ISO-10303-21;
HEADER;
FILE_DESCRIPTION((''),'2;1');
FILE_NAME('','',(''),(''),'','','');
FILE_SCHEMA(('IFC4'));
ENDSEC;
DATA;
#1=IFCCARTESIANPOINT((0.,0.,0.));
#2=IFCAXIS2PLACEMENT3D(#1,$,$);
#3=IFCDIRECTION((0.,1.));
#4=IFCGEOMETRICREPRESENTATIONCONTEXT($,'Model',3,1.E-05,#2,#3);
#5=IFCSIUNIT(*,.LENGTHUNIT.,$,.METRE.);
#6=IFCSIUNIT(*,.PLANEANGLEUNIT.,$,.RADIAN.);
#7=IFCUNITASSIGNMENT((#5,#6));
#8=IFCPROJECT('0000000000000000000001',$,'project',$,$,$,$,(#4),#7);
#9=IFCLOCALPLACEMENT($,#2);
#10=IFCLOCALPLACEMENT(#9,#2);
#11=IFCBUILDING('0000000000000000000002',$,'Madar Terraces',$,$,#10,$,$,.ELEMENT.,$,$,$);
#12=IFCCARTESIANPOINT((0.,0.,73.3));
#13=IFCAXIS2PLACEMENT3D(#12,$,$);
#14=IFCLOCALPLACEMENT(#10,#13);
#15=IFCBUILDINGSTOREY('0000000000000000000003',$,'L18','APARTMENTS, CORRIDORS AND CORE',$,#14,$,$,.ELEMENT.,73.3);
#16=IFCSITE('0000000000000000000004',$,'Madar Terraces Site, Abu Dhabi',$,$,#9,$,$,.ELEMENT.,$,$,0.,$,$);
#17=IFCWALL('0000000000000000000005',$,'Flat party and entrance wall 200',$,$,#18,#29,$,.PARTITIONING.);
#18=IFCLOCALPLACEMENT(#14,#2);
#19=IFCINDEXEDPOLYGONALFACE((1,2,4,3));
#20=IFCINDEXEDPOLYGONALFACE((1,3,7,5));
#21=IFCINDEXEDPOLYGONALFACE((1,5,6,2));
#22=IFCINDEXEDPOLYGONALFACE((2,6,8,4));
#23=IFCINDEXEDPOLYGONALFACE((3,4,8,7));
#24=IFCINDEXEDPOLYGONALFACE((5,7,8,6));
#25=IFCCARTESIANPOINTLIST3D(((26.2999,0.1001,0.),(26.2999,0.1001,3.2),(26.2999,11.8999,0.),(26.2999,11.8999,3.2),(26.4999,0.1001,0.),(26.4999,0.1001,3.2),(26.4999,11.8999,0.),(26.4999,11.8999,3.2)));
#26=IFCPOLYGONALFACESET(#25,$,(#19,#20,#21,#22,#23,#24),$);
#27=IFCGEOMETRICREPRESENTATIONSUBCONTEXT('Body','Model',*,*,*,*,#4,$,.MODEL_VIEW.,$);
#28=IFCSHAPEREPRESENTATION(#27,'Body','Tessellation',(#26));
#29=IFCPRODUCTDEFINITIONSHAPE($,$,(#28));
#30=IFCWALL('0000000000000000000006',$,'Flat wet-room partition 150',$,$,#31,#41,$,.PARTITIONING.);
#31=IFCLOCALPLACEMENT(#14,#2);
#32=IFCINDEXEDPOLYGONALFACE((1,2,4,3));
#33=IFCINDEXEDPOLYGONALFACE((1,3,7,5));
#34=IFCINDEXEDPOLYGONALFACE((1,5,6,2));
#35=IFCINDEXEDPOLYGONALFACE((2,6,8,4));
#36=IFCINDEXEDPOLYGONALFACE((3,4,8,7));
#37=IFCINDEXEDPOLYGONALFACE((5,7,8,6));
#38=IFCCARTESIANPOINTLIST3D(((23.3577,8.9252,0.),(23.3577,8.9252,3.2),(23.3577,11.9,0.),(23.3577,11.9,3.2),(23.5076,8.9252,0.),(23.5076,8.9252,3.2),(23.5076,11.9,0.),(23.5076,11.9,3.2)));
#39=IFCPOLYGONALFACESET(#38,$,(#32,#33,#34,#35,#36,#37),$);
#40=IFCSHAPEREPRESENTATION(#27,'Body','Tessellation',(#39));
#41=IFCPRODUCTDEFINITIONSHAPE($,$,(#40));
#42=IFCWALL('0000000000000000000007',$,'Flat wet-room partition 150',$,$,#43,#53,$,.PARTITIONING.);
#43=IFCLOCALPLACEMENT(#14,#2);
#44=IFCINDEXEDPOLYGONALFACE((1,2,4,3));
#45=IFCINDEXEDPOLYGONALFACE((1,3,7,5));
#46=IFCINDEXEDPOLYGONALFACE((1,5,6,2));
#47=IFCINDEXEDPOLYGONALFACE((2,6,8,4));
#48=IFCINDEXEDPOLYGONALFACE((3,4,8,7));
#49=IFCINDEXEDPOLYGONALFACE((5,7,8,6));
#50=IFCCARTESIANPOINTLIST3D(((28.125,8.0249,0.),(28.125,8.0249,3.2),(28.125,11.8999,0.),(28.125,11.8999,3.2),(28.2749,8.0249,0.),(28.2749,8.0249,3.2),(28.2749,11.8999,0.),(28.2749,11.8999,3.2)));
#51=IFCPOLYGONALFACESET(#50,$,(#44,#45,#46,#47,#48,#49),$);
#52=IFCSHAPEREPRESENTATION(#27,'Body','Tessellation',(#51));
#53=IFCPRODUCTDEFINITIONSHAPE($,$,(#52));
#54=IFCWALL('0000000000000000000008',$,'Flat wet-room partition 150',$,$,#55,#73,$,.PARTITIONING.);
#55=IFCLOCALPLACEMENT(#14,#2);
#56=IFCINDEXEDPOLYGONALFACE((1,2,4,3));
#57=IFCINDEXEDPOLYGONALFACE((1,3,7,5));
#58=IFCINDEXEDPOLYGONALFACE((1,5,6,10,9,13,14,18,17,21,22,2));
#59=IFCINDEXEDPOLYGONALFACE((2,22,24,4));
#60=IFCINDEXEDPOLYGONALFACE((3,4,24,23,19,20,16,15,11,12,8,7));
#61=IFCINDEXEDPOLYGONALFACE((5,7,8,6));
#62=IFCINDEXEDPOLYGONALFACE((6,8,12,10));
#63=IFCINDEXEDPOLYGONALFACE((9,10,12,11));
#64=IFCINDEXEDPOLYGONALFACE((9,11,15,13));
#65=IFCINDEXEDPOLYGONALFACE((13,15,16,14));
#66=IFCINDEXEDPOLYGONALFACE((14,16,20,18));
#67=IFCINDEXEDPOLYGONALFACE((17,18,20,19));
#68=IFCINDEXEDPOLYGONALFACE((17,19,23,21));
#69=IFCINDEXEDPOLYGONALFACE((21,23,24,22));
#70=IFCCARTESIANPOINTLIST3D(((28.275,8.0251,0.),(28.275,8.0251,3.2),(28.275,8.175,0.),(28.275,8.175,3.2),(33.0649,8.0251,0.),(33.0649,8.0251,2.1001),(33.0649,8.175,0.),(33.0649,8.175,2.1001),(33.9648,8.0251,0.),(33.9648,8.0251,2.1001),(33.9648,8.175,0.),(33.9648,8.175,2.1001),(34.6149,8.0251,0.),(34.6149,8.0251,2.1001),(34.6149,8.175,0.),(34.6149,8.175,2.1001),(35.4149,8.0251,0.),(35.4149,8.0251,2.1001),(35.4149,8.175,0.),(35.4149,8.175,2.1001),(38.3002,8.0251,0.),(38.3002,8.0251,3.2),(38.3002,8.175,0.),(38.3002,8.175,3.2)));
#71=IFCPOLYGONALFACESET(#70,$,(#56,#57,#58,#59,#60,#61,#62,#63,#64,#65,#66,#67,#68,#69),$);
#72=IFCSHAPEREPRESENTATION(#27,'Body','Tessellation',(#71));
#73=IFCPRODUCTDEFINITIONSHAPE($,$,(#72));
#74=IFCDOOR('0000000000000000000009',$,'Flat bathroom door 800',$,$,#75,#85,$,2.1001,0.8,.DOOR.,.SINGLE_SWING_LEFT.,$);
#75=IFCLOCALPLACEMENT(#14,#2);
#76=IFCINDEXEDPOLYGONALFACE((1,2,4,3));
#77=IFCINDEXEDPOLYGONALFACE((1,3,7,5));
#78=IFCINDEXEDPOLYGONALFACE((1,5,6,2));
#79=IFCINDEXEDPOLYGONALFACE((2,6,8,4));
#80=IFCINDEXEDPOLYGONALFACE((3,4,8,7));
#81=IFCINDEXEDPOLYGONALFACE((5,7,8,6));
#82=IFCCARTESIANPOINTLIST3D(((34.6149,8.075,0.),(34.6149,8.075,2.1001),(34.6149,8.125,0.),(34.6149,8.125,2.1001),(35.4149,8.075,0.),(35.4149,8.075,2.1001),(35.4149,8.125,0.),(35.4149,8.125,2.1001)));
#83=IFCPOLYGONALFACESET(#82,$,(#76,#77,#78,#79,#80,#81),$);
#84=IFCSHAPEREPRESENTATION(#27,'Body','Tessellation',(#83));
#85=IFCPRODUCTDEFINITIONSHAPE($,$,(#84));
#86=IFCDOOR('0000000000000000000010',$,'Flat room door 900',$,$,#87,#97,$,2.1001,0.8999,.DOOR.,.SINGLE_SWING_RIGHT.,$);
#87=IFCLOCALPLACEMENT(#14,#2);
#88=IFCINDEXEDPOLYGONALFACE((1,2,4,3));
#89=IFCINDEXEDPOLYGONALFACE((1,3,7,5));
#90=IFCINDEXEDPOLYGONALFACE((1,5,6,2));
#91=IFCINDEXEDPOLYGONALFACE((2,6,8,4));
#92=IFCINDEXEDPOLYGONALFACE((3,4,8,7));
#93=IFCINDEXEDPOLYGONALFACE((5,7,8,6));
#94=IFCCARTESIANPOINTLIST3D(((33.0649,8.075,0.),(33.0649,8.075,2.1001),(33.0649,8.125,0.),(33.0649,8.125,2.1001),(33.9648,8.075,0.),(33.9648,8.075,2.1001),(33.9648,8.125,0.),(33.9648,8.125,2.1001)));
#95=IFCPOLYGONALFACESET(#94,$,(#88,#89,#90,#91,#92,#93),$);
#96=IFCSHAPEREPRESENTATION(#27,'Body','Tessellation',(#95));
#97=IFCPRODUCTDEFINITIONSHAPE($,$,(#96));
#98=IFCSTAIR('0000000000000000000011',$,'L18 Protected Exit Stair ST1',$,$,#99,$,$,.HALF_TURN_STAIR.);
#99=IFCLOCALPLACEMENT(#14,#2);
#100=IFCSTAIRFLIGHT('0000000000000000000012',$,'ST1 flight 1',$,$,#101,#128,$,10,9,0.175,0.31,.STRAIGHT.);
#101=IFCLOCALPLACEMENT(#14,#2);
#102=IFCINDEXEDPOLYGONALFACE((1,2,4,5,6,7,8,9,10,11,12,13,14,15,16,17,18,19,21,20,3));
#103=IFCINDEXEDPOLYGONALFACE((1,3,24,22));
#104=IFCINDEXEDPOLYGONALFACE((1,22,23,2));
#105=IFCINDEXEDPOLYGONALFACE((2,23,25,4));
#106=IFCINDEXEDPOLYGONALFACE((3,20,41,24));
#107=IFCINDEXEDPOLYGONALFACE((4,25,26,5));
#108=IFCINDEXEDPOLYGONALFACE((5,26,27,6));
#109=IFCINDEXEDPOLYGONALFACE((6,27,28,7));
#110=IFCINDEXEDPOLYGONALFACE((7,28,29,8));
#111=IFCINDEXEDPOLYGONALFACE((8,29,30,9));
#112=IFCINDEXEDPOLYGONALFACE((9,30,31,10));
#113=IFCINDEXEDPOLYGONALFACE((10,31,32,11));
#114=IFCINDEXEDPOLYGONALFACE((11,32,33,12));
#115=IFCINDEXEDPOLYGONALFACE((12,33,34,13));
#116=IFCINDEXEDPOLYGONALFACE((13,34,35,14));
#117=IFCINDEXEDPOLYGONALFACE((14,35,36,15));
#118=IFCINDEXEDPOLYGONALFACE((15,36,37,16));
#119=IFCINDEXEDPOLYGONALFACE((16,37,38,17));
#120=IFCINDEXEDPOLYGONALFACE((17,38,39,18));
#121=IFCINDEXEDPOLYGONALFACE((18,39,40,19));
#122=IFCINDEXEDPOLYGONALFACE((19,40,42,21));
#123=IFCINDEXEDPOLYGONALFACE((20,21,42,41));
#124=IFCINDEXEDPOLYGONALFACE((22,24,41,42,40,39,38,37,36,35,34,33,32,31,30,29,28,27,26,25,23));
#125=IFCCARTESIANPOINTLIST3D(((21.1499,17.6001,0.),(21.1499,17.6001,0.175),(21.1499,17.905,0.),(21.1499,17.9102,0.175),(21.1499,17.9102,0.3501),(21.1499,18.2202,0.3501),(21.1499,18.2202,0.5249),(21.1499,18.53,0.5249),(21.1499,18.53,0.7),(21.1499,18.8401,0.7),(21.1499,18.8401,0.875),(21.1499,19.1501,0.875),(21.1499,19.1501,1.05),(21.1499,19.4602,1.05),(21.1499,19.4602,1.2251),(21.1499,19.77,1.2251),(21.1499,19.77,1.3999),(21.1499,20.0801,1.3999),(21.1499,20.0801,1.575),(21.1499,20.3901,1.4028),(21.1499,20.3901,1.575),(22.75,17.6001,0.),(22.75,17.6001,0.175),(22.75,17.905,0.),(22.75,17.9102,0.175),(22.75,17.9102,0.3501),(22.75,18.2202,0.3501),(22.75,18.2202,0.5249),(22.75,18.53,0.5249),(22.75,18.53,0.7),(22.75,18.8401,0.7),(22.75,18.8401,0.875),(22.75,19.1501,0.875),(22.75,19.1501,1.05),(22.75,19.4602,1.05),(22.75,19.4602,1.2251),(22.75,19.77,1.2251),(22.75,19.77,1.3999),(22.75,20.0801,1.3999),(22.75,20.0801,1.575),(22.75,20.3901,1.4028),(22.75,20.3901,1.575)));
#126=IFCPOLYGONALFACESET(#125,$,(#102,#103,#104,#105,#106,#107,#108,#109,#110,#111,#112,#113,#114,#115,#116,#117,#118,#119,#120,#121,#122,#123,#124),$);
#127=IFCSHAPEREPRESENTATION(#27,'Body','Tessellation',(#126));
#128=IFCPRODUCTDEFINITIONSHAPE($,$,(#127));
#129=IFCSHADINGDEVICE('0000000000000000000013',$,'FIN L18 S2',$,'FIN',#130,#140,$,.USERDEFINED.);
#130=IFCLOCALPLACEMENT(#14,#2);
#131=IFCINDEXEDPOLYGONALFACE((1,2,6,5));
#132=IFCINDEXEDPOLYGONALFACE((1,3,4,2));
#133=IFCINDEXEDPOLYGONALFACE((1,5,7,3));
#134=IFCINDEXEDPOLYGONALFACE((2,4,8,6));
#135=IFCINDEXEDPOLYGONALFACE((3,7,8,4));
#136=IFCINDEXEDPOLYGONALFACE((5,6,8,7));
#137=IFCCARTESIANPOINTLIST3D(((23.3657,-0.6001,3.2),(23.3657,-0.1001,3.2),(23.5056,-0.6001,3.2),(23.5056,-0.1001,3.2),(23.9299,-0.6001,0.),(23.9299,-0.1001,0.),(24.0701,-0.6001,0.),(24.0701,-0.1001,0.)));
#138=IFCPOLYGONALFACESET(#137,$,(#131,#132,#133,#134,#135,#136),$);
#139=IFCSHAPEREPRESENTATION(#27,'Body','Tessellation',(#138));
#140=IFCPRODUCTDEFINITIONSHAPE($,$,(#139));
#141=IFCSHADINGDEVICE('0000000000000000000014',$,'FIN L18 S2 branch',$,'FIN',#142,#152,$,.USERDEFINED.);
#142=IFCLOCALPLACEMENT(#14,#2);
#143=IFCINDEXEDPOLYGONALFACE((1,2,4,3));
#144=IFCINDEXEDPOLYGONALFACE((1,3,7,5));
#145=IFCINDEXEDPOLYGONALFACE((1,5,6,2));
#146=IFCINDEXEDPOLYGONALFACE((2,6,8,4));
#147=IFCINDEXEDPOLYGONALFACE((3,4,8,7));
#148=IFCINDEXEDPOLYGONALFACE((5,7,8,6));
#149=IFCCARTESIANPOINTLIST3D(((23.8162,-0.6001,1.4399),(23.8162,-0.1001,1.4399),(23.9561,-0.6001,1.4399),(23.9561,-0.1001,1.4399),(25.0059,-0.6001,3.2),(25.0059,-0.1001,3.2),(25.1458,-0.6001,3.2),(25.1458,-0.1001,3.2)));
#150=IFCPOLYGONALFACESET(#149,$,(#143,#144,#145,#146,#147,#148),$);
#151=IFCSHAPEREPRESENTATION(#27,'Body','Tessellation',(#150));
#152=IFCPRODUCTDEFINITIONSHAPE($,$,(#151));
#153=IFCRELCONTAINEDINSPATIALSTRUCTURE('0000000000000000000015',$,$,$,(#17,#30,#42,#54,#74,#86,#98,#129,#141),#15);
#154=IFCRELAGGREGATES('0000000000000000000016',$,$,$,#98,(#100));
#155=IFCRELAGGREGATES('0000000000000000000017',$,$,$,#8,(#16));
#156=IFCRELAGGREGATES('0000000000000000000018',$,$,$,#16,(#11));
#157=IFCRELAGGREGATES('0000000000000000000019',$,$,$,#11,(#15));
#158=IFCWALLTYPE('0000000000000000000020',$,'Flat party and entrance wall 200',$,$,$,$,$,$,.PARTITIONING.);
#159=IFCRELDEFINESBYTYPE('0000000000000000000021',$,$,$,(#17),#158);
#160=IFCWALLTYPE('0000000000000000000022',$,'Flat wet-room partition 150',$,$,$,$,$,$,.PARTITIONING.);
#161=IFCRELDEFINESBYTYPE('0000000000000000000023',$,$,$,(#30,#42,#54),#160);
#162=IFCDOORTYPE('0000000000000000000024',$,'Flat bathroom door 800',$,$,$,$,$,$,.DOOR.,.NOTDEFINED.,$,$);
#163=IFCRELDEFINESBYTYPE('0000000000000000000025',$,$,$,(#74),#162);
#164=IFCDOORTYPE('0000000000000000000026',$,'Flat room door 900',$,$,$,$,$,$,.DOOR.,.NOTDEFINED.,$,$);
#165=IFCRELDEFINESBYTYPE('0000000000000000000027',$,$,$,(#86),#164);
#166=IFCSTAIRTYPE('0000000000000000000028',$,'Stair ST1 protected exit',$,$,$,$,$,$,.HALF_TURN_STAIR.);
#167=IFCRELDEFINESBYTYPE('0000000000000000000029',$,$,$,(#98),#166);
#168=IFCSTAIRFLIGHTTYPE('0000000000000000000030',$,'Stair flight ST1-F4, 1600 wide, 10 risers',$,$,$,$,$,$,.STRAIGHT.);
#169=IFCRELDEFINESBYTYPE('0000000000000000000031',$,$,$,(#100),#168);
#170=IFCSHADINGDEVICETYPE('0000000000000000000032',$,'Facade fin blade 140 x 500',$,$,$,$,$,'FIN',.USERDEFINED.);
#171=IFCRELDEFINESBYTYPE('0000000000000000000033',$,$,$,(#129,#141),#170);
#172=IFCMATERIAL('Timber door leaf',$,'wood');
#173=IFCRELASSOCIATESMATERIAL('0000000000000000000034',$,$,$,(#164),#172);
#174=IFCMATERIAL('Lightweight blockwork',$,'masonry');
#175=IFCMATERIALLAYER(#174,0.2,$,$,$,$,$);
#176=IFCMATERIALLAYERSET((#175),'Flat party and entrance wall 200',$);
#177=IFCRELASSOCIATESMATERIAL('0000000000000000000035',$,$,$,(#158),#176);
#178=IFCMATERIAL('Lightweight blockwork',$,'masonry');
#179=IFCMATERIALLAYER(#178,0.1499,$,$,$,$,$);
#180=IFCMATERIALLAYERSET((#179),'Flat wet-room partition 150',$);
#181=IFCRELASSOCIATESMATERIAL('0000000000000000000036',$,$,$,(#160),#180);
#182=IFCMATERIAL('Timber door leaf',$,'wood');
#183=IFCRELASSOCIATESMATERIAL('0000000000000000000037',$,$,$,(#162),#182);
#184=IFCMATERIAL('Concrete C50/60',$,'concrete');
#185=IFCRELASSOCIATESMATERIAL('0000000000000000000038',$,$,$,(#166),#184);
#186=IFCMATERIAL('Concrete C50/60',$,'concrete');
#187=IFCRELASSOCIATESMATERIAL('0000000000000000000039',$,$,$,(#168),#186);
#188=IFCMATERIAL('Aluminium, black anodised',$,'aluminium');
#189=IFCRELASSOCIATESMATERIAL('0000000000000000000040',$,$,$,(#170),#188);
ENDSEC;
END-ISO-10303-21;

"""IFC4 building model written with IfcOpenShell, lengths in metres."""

from ifc_helpers import new_model, si_unit, direction, frame, frame_2d, origin, place, context, subcontext, project, spatial, polyline, rectangle, outline, extrude, material, layer, layer_set, type_object, element, fill, aggregate, save


model = new_model("IFC4")

# Units and contexts
model_context = context("Model", 3, precision=1e-05, world=origin(), true_north=direction((0.0, 1.0)))
body_context = subcontext(model_context, "Body", "Model", "MODEL_VIEW")
ifc_project = project(units=[si_unit("LENGTHUNIT", "METRE"), si_unit("PLANEANGLEUNIT", "RADIAN")], contexts=[model_context])

# Site, building, storey
site_placement = place(None, origin())
site = spatial("IfcSite", under=ifc_project, at=site_placement, Name="Madar Terraces Site, Abu Dhabi", CompositionType="ELEMENT", RefElevation=0.0)
building_placement = place(site_placement, origin())
building = spatial("IfcBuilding", under=site, at=building_placement, Name="Madar Terraces", CompositionType="ELEMENT")
storey_placement = place(building_placement, frame((0.0, 0.0, 73.3)))
storey = spatial("IfcBuildingStorey", under=building, at=storey_placement, Name="L18", Description="APARTMENTS, CORRIDORS AND CORE", CompositionType="ELEMENT", Elevation=73.3)

# Shared definitions
ifc_material_1 = material(Name="Timber door leaf", Category="wood")
door_type_1 = type_object("IfcDoorType", Name="Flat room door 900", OperationType="NOTDEFINED", PredefinedType="DOOR", material=ifc_material_1)

# Walls
ifc_material_2 = material(Name="Lightweight blockwork", Category="masonry")
ifc_layer_1 = layer(ifc_material_2, 0.2)
ifc_layer_set_1 = layer_set([ifc_layer_1], Name="Flat party and entrance wall 200")
wall_type_1 = type_object("IfcWallType", Name="Flat party and entrance wall 200", PredefinedType="PARTITIONING", material=ifc_layer_set_1)
wall_1_placement = place(storey_placement, frame((26.3999, 11.8999, 0.0), z_axis=(0.0, 0.0, 1.0), x_axis=(0.0, -1.0, 0.0)))
element("IfcWall", 1, at=wall_1_placement, inside=storey, type_object=wall_type_1, Name="Flat party and entrance wall 200", PredefinedType="PARTITIONING", context=body_context, shape_type="SweptSolid", body=[
    extrude(rectangle(XDim=11.7998, YDim=0.2, at=frame_2d((5.8999, 0.0))), origin(), (0.0, 0.0, 1.0), 3.2),
])
ifc_material_3 = material(Name="Lightweight blockwork", Category="masonry")
ifc_layer_2 = layer(ifc_material_3, 0.1499)
ifc_layer_set_2 = layer_set([ifc_layer_2], Name="Flat wet-room partition 150")
wall_type_2 = type_object("IfcWallType", Name="Flat wet-room partition 150", PredefinedType="PARTITIONING", material=ifc_layer_set_2)
wall_2_placement = place(storey_placement, frame((23.4326, 11.8999, 0.0), z_axis=(0.0, 0.0, 1.0), x_axis=(0.0, -1.0, 0.0)))
element("IfcWall", 2, at=wall_2_placement, inside=storey, type_object=wall_type_2, Name="Flat wet-room partition 150", PredefinedType="PARTITIONING", context=body_context, shape_type="SweptSolid", body=[
    extrude(rectangle(XDim=2.9749, YDim=0.1499, at=frame_2d((1.4873, 0.0))), origin(), (0.0, 0.0, 1.0), 3.2),
])
wall_3_placement = place(storey_placement, frame((28.2, 11.8999, 0.0), z_axis=(0.0, 0.0, 1.0), x_axis=(0.0, -1.0, 0.0)))
element("IfcWall", 3, at=wall_3_placement, inside=storey, type_object=wall_type_2, Name="Flat wet-room partition 150", PredefinedType="PARTITIONING", context=body_context, shape_type="SweptSolid", body=[
    extrude(rectangle(XDim=3.875, YDim=0.1499, at=frame_2d((1.9375, 0.0))), origin(), (0.0, 0.0, 1.0), 3.2),
])

# Wall, openings, doors
wall_4_placement = place(storey_placement, frame((28.2749, 8.1001, 0.0), z_axis=(0.0, 0.0, 1.0), x_axis=(1.0, 0.0, 0.0)))
wall_4 = element("IfcWall", 4, at=wall_4_placement, inside=storey, type_object=wall_type_2, Name="Flat wet-room partition 150", PredefinedType="PARTITIONING", context=body_context, shape_type="SweptSolid", body=[
    extrude(rectangle(XDim=10.0251, YDim=0.1499, at=frame_2d((5.0127, 0.0))), origin(), (0.0, 0.0, 1.0), 3.2),
])
opening_1_placement = place(wall_4_placement, frame((4.79, 0.0, 0.0)))
opening_1 = element("IfcOpeningElement", 5, at=opening_1_placement, cuts=wall_4, PredefinedType="OPENING", context=body_context, shape_type="SweptSolid", body=[
    extrude(rectangle(XDim=0.8999, YDim=2.1001, at=frame_2d((0.45, 1.05))), frame((0.0, 0.085, 0.0), z_axis=(0.0, -1.0, 0.0), x_axis=(1.0, 0.0, 0.0)), (0.0, 0.0, 1.0), 0.1699),
])
opening_2_placement = place(wall_4_placement, frame((6.3401, 0.0, 0.0)))
opening_2 = element("IfcOpeningElement", 6, at=opening_2_placement, cuts=wall_4, PredefinedType="OPENING", context=body_context, shape_type="SweptSolid", body=[
    extrude(rectangle(XDim=0.8, YDim=2.1001, at=frame_2d((0.3999, 1.05))), frame((0.0, 0.085, 0.0), z_axis=(0.0, -1.0, 0.0), x_axis=(1.0, 0.0, 0.0)), (0.0, 0.0, 1.0), 0.1699),
])
ifc_material_4 = material(Name="Timber door leaf", Category="wood")
door_type_2 = type_object("IfcDoorType", Name="Flat bathroom door 800", OperationType="NOTDEFINED", PredefinedType="DOOR", material=ifc_material_4)
door_1_placement = place(opening_2_placement, origin())
door_1 = element("IfcDoor", 7, at=door_1_placement, inside=storey, type_object=door_type_2, Name="Flat bathroom door 800", OperationType="SINGLE_SWING_LEFT", OverallHeight=2.1001, OverallWidth=0.8, PredefinedType="DOOR", context=body_context, shape_type="SweptSolid", body=[
    extrude(rectangle(XDim=0.8, YDim=2.1001, at=frame_2d((0.3999, 1.05))), frame((0.0, 0.0249, 0.0), z_axis=(0.0, -1.0, 0.0), x_axis=(1.0, 0.0, 0.0)), (0.0, 0.0, 1.0), 0.05),
])
fill(opening_2, door_1)
door_2_placement = place(opening_1_placement, origin())
door_2 = element("IfcDoor", 8, at=door_2_placement, inside=storey, type_object=door_type_1, Name="Flat room door 900", OperationType="SINGLE_SWING_RIGHT", OverallHeight=2.1001, OverallWidth=0.8999, PredefinedType="DOOR", context=body_context, shape_type="SweptSolid", body=[
    extrude(rectangle(XDim=0.8999, YDim=2.1001, at=frame_2d((0.45, 1.05))), frame((0.0, 0.0249, 0.0), z_axis=(0.0, -1.0, 0.0), x_axis=(1.0, 0.0, 0.0)), (0.0, 0.0, 1.0), 0.05),
])
fill(opening_1, door_2)

# Stair, stair flight
ifc_material_5 = material(Name="Concrete C50/60", Category="concrete")
stair_type = type_object("IfcStairType", Name="Stair ST1 protected exit", PredefinedType="HALF_TURN_STAIR", material=ifc_material_5)
stair_placement = place(storey_placement, origin())
stair = element("IfcStair", 9, at=stair_placement, inside=storey, type_object=stair_type, Name="L18 Protected Exit Stair ST1", PredefinedType="HALF_TURN_STAIR")
ifc_material_6 = material(Name="Concrete C50/60", Category="concrete")
stair_flight_type = type_object("IfcStairFlightType", Name="Stair flight ST1-F4, 1600 wide, 10 risers", PredefinedType="STRAIGHT", material=ifc_material_6)
stair_flight_placement = place(storey_placement, frame((21.95, 17.6001, 0.0), z_axis=(0.0, 0.0, 1.0), x_axis=(0.0, 1.0, 0.0)))
stair_flight = element("IfcStairFlight", 10, at=stair_flight_placement, type_object=stair_flight_type, Name="ST1 flight 1", NumberOfRisers=10, NumberOfTreads=9, PredefinedType="STRAIGHT", RiserHeight=0.175, TreadLength=0.31, context=body_context, shape_type="SweptSolid", body=[
    extrude(outline(polyline([(0.0, 0.0), (0.0, 0.175), (0.3101, 0.175), (0.3101, 0.3501), (0.6201, 0.3501), (0.6201, 0.5249), (0.9299, 0.5249), (0.9299, 0.7), (1.24, 0.7), (1.24, 0.875), (1.55, 0.875), (1.55, 1.05), (1.8601, 1.05), (1.8601, 1.2251), (2.1699, 1.2251), (2.1699, 1.3999), (2.48, 1.3999), (2.48, 1.575), (2.79, 1.575), (2.79, 1.75), (2.79, 1.4028), (0.3049, 0.0), (0.0, 0.0)])), frame((0.0, 0.8, 0.0), z_axis=(0.0, -1.0, 0.0), x_axis=(1.0, 0.0, 0.0)), (0.0, 0.0, 1.0), 1.6001),
])
aggregate(stair, [stair_flight])

# Shading devices
ifc_material_7 = material(Name="Aluminium, black anodised", Category="aluminium")
shading_device_type = type_object("IfcShadingDeviceType", Name="Facade fin blade 140 x 500", ElementType="FIN", PredefinedType="USERDEFINED", material=ifc_material_7)
shading_device_1_placement = place(storey_placement, frame((23.9299, -0.3501, 0.0), z_axis=(0.0, 0.0, 1.0), x_axis=(1.0, 0.0, 0.0)))
element("IfcShadingDevice", 11, at=shading_device_1_placement, inside=storey, type_object=shading_device_type, Name="FIN L18 S2", ObjectType="FIN", PredefinedType="USERDEFINED", context=body_context, shape_type="SweptSolid", body=[
    extrude(outline(polyline([(0.0, 0.0), (0.1401, 0.0), (-0.4243, 3.2), (-0.5642, 3.2), (0.0, 0.0)])), frame((0.0, 0.25, 0.0), z_axis=(0.0, -1.0, 0.0), x_axis=(1.0, 0.0, 0.0)), (0.0, 0.0, 1.0), 0.5),
])
shading_device_2_placement = place(storey_placement, frame((23.8162, -0.3501, 1.4399), z_axis=(0.0, 0.0, 1.0), x_axis=(1.0, 0.0, 0.0)))
element("IfcShadingDevice", 12, at=shading_device_2_placement, inside=storey, type_object=shading_device_type, Name="FIN L18 S2 branch", ObjectType="FIN", PredefinedType="USERDEFINED", context=body_context, shape_type="SweptSolid", body=[
    extrude(outline(polyline([(0.0, 0.0), (0.1399, 0.0), (1.3296, 1.76), (1.1897, 1.76), (0.0, 0.0)])), frame((0.0, 0.25, 0.0), z_axis=(0.0, -1.0, 0.0), x_axis=(1.0, 0.0, 0.0)), (0.0, 0.0, 1.0), 0.5),
])

save(model, "model.ifc")
